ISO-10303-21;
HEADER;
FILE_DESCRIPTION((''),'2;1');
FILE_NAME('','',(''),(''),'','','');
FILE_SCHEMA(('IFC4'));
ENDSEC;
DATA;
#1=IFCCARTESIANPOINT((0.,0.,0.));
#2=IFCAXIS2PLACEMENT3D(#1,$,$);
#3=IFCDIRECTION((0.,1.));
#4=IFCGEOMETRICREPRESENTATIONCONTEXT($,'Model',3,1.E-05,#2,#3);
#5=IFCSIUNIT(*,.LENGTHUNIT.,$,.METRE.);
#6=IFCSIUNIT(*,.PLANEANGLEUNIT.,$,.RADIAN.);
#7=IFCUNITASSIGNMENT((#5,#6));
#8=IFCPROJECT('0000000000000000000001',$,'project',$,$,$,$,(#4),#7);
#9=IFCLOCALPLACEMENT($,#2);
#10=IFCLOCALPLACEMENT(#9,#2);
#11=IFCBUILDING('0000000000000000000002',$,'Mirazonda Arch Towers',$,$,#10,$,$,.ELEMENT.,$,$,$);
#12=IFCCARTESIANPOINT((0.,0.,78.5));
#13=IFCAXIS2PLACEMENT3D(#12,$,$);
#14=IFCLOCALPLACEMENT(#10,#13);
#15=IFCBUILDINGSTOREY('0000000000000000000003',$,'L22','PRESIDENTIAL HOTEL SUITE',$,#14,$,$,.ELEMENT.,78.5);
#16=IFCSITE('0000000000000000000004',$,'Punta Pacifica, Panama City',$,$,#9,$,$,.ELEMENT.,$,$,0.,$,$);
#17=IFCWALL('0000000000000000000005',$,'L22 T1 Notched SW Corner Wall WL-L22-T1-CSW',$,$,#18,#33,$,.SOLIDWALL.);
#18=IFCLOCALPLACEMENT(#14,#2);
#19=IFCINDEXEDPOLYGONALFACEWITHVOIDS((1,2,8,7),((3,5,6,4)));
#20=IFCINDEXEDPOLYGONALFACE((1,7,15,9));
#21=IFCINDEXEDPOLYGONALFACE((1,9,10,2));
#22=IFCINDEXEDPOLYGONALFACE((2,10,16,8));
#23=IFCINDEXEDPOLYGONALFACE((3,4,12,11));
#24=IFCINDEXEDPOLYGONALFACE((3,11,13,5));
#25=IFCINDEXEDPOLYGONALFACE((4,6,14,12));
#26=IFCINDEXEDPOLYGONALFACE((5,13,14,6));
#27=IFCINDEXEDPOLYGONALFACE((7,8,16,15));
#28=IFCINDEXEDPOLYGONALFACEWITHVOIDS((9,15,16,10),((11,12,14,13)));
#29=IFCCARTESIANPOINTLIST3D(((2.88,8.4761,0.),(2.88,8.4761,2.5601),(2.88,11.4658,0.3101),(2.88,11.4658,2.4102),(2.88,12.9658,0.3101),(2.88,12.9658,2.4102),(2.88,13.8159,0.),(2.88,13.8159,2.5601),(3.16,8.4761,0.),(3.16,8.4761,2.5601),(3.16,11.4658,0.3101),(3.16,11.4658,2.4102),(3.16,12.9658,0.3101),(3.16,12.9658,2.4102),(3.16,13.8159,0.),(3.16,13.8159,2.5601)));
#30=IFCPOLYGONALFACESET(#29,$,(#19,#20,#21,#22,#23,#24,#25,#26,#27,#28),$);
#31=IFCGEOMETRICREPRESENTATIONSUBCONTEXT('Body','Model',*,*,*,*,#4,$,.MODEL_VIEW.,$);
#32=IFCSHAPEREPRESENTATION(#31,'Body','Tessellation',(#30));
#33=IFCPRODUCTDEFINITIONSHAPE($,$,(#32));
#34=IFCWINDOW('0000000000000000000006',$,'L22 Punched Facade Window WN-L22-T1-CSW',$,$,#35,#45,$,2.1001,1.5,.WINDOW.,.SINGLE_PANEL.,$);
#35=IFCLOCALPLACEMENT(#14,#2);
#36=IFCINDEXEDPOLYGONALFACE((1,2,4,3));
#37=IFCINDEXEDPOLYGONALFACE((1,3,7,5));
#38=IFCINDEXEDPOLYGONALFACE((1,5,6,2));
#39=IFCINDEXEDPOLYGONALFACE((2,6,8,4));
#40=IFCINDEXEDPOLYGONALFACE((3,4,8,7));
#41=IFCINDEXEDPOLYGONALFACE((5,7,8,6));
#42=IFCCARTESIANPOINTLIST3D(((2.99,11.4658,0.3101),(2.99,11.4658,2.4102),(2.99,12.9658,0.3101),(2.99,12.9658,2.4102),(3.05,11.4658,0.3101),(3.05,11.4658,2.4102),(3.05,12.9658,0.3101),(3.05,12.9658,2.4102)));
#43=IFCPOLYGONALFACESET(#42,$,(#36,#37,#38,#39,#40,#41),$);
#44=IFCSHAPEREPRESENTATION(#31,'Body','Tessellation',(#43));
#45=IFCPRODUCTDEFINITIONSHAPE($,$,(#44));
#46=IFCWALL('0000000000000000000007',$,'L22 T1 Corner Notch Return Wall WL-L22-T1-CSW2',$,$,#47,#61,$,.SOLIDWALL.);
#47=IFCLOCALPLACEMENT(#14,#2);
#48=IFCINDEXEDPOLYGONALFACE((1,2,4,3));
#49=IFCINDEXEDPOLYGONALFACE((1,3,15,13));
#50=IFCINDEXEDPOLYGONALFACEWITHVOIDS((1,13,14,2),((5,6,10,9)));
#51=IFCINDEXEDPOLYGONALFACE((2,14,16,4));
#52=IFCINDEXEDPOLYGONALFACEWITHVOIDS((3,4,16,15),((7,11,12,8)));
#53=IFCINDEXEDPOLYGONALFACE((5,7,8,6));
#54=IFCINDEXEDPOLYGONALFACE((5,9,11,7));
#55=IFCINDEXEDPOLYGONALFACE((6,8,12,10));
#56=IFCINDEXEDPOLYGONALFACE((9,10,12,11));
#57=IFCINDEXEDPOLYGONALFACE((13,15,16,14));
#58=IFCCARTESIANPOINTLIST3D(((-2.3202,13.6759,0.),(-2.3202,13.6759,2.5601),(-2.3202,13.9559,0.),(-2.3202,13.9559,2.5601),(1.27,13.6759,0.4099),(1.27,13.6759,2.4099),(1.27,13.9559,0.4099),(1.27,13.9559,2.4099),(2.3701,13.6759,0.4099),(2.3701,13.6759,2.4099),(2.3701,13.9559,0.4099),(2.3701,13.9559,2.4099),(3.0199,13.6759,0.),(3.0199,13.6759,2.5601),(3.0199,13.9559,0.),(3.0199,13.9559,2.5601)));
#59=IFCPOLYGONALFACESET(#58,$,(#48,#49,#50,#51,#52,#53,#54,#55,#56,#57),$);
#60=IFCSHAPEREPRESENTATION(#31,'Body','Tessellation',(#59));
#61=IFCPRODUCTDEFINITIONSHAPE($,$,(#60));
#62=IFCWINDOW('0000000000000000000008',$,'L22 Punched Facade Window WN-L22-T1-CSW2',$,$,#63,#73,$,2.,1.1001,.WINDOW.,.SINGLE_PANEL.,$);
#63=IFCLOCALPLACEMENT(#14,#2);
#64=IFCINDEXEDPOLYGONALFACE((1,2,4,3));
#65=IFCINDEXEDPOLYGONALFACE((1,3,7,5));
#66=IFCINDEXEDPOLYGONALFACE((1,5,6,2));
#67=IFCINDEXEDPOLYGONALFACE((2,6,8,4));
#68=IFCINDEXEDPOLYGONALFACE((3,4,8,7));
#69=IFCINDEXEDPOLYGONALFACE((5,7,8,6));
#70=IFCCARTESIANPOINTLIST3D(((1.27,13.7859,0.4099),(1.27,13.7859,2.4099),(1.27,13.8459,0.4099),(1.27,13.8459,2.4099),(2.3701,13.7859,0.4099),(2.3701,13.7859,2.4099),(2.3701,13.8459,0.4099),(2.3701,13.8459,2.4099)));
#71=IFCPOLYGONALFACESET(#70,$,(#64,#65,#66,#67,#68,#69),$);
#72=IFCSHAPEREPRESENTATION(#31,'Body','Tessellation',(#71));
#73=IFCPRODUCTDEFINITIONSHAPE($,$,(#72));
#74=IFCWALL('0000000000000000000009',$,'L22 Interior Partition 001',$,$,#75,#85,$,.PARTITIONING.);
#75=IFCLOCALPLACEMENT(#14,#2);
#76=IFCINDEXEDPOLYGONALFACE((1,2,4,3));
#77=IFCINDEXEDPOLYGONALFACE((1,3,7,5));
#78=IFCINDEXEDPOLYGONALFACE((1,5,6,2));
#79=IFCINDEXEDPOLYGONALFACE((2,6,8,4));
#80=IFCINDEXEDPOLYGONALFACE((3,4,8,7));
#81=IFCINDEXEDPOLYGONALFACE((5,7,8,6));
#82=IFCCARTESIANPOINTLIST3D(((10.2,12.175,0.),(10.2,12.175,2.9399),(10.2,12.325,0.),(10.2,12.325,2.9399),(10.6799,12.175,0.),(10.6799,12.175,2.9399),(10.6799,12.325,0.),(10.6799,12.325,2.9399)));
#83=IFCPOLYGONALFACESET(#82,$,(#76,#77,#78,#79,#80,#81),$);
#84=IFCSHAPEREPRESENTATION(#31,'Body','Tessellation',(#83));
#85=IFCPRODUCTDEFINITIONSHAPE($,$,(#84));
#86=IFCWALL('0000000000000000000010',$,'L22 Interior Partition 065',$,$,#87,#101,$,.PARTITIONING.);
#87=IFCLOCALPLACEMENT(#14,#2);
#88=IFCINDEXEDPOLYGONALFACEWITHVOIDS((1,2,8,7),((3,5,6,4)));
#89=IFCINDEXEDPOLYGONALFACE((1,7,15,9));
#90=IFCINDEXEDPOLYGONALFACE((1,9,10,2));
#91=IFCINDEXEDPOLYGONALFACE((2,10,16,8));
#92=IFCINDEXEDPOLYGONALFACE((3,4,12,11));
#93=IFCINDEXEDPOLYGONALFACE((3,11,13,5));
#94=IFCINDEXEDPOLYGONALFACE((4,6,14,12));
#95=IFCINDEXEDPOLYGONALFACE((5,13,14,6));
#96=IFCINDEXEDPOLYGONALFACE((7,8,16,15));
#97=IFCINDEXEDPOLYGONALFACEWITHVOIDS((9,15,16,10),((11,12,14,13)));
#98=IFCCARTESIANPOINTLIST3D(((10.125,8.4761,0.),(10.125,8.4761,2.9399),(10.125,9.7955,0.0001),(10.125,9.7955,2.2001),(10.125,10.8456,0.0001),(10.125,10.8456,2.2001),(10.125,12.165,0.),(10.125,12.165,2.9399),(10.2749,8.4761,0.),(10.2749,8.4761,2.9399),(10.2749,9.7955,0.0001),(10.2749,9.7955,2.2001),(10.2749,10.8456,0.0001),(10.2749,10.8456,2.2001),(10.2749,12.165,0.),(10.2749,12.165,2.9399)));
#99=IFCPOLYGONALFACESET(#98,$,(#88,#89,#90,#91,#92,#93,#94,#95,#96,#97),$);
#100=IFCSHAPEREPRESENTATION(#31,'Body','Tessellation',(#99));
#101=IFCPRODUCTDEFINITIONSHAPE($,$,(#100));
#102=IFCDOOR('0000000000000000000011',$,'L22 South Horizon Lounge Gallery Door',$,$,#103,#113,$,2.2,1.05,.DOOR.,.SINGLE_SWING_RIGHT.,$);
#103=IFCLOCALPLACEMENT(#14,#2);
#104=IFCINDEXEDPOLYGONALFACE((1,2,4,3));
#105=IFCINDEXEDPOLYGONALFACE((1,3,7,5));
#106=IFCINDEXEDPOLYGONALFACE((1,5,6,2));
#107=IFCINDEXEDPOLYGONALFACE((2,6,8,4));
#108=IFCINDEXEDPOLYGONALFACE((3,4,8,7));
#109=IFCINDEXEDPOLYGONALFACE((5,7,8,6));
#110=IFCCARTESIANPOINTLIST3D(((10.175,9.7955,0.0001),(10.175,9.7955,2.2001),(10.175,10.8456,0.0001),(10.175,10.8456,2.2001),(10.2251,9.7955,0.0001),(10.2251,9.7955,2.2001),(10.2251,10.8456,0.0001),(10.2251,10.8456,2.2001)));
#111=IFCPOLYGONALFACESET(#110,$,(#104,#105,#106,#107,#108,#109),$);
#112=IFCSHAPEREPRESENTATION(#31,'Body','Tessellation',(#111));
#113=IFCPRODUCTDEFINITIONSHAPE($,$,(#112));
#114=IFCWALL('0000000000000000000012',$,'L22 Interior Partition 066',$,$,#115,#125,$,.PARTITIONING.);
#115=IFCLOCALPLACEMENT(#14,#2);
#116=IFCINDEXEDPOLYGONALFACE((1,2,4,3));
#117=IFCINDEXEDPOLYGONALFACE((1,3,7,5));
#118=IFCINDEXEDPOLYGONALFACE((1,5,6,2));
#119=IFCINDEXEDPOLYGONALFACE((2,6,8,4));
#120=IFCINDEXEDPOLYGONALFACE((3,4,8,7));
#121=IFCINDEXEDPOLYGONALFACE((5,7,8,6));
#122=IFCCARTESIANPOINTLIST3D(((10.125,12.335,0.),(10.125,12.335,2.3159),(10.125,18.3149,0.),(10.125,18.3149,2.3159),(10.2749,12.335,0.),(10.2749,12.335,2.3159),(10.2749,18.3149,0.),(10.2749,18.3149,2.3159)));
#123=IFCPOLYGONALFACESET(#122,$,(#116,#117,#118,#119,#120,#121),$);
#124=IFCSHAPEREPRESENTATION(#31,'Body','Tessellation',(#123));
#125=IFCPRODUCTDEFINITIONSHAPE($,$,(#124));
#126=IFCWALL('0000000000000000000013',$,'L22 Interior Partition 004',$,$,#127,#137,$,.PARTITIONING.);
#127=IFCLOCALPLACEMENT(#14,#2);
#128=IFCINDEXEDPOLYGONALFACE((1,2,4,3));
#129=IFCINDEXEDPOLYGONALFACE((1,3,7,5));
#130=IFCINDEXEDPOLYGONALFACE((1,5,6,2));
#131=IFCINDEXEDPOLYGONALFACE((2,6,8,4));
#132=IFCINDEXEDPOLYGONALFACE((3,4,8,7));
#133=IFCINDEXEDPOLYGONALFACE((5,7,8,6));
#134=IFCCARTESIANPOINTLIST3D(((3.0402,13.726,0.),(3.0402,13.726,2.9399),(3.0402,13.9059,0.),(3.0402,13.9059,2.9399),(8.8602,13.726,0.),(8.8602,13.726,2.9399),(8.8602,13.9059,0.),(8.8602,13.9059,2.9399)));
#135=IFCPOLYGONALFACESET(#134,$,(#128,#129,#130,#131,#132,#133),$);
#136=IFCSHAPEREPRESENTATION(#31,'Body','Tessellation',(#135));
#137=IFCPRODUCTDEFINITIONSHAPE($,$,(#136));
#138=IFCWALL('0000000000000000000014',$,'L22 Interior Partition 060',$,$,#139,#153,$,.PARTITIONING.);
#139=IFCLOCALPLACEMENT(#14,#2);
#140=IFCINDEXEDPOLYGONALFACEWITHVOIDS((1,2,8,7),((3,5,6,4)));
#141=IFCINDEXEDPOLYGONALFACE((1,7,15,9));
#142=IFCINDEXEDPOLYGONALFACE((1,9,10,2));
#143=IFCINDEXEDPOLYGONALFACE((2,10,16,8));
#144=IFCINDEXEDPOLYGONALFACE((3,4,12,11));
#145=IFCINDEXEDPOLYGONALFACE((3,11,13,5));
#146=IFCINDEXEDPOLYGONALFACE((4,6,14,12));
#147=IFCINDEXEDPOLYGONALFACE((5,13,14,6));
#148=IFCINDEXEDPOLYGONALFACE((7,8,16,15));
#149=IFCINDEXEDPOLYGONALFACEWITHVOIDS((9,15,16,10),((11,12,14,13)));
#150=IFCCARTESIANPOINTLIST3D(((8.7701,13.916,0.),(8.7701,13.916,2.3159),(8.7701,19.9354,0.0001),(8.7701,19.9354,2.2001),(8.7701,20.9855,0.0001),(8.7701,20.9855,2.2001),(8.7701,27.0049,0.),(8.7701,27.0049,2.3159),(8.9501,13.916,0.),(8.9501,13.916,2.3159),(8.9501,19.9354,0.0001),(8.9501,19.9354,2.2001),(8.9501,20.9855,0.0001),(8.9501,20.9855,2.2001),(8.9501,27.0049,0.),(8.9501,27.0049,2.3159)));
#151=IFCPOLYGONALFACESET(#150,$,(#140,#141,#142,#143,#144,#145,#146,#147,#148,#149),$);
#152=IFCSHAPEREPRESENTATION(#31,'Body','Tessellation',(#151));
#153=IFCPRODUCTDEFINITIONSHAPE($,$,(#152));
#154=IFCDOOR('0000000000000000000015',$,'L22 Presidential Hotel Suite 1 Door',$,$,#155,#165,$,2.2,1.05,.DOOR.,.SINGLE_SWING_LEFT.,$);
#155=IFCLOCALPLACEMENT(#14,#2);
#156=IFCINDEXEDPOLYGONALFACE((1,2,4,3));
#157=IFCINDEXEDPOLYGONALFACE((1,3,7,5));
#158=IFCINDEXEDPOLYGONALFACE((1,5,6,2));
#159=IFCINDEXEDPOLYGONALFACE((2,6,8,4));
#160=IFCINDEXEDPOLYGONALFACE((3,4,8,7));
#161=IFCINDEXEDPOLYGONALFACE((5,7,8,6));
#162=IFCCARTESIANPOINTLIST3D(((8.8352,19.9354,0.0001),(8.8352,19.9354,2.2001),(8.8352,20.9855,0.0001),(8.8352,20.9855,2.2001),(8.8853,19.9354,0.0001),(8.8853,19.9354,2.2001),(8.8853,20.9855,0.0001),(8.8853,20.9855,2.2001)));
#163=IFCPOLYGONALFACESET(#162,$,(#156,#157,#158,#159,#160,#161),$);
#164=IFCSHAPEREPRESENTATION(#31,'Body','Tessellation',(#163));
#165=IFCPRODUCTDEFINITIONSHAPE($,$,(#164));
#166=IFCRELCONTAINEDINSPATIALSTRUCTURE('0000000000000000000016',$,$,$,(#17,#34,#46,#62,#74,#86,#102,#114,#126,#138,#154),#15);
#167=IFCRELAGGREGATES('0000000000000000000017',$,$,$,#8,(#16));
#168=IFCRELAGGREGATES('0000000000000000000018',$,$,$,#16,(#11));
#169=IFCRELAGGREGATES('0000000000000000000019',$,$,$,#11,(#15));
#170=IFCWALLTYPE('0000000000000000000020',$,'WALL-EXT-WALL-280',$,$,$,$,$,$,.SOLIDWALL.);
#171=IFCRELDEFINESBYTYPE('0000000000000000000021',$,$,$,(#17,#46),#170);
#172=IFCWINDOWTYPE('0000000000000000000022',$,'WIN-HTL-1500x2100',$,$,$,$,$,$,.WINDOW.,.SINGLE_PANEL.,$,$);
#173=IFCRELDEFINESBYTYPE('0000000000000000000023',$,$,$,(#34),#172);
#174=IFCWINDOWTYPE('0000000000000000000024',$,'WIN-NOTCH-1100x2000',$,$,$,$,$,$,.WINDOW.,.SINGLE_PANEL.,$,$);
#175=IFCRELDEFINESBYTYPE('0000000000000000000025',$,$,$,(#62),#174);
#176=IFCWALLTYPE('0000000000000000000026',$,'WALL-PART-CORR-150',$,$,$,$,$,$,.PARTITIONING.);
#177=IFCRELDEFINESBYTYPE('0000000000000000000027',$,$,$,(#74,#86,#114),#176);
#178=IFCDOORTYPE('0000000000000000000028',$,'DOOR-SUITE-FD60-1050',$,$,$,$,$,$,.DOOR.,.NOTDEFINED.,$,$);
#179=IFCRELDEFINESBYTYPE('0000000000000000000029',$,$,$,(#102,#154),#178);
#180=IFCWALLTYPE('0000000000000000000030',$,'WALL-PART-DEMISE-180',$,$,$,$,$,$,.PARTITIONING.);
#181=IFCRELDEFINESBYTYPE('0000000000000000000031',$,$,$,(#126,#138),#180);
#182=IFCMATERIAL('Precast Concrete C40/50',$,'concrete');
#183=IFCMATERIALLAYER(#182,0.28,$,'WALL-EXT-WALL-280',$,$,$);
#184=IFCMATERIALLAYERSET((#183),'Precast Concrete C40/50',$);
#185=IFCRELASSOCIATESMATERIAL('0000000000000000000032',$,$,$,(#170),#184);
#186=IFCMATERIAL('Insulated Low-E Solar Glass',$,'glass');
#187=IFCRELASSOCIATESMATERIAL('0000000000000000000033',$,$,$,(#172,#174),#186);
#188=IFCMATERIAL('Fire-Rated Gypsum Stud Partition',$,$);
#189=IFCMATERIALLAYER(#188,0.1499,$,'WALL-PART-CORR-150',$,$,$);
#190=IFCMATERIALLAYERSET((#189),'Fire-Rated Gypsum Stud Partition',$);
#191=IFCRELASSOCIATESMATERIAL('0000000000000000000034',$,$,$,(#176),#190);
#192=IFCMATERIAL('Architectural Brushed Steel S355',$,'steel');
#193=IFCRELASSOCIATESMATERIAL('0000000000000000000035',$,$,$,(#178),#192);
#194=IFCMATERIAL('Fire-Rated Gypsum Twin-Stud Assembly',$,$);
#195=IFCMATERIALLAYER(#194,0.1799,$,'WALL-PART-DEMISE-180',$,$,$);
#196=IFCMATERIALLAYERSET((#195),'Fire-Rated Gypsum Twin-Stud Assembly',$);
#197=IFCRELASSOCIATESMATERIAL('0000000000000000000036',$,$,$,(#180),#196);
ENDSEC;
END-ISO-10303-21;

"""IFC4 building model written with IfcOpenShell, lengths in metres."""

from ifc_helpers import new_model, si_unit, direction, frame, frame_2d, origin, place, context, subcontext, project, spatial, rectangle, extrude, material, layer, layer_set, type_object, element, fill, save


model = new_model("IFC4")

# Units and contexts
model_context = context("Model", 3, precision=1e-05, world=origin(), true_north=direction((0.0, 1.0)))
body_context = subcontext(model_context, "Body", "Model", "MODEL_VIEW")
ifc_project = project(units=[si_unit("LENGTHUNIT", "METRE"), si_unit("PLANEANGLEUNIT", "RADIAN")], contexts=[model_context])

# Site, building, storey
site_placement = place(None, origin())
site = spatial("IfcSite", under=ifc_project, at=site_placement, Name="Punta Pacifica, Panama City", CompositionType="ELEMENT", RefElevation=0.0)
building_placement = place(site_placement, origin())
building = spatial("IfcBuilding", under=site, at=building_placement, Name="Mirazonda Arch Towers", CompositionType="ELEMENT")
storey_placement = place(building_placement, frame((0.0, 0.0, 78.5)))
storey = spatial("IfcBuildingStorey", under=building, at=storey_placement, Name="L22", Description="PRESIDENTIAL HOTEL SUITE", CompositionType="ELEMENT", Elevation=78.5)

# Shared definitions
ifc_material_1 = material(Name="Insulated Low-E Solar Glass", Category="glass")

# Walls, openings, windows
ifc_material_2 = material(Name="Precast Concrete C40/50", Category="concrete")
ifc_layer_1 = layer(ifc_material_2, 0.28, Name="WALL-EXT-WALL-280")
ifc_layer_set_1 = layer_set([ifc_layer_1], Name="Precast Concrete C40/50")
wall_type_1 = type_object("IfcWallType", Name="WALL-EXT-WALL-280", PredefinedType="SOLIDWALL", material=ifc_layer_set_1)
wall_1_placement = place(storey_placement, frame((3.02, 13.8159, 0.0), z_axis=(0.0, 0.0, 1.0), x_axis=(0.0, -1.0, 0.0)))
wall_1 = element("IfcWall", 1, at=wall_1_placement, inside=storey, type_object=wall_type_1, Name="L22 T1 Notched SW Corner Wall WL-L22-T1-CSW", PredefinedType="SOLIDWALL", context=body_context, shape_type="SweptSolid", body=[
    extrude(rectangle(XDim=5.3398, YDim=0.28, at=frame_2d((2.6699, 0.0))), origin(), (0.0, 0.0, 1.0), 2.5601),
])
opening_1_placement = place(wall_1_placement, frame((0.8501, 0.0, 0.3101)))
opening_1 = element("IfcOpeningElement", 2, at=opening_1_placement, cuts=wall_1, PredefinedType="OPENING", context=body_context, shape_type="SweptSolid", body=[
    extrude(rectangle(XDim=1.5, YDim=2.1001, at=frame_2d((0.75, 1.05))), frame((0.0, 0.1499, 0.0), z_axis=(0.0, -1.0, 0.0), x_axis=(1.0, 0.0, 0.0)), (0.0, 0.0, 1.0), 0.3),
])
window_type_1 = type_object("IfcWindowType", Name="WIN-HTL-1500x2100", PartitioningType="SINGLE_PANEL", PredefinedType="WINDOW", material=ifc_material_1)
window_1_placement = place(opening_1_placement, origin())
window_1 = element("IfcWindow", 3, at=window_1_placement, inside=storey, type_object=window_type_1, Name="L22 Punched Facade Window WN-L22-T1-CSW", OverallHeight=2.1001, OverallWidth=1.5, PartitioningType="SINGLE_PANEL", PredefinedType="WINDOW", context=body_context, shape_type="SweptSolid", body=[
    extrude(rectangle(XDim=1.5, YDim=2.1001, at=frame_2d((0.75, 1.05))), frame((0.0, 0.03, 0.0), z_axis=(0.0, -1.0, 0.0), x_axis=(1.0, 0.0, 0.0)), (0.0, 0.0, 1.0), 0.0601),
])
fill(opening_1, window_1)
wall_2_placement = place(storey_placement, frame((-2.3201, 13.8159, 0.0), z_axis=(0.0, 0.0, 1.0), x_axis=(1.0, 0.0, 0.0)))
wall_2 = element("IfcWall", 4, at=wall_2_placement, inside=storey, type_object=wall_type_1, Name="L22 T1 Corner Notch Return Wall WL-L22-T1-CSW2", PredefinedType="SOLIDWALL", context=body_context, shape_type="SweptSolid", body=[
    extrude(rectangle(XDim=5.3401, YDim=0.28, at=frame_2d((2.6699, 0.0))), origin(), (0.0, 0.0, 1.0), 2.5601),
])
opening_2_placement = place(wall_2_placement, frame((3.5901, 0.0, 0.4099)))
opening_2 = element("IfcOpeningElement", 5, at=opening_2_placement, cuts=wall_2, PredefinedType="OPENING", context=body_context, shape_type="SweptSolid", body=[
    extrude(rectangle(XDim=1.1001, YDim=2.0, at=frame_2d((0.55, 1.0))), frame((0.0, 0.1499, 0.0), z_axis=(0.0, -1.0, 0.0), x_axis=(1.0, 0.0, 0.0)), (0.0, 0.0, 1.0), 0.3),
])
window_type_2 = type_object("IfcWindowType", Name="WIN-NOTCH-1100x2000", PartitioningType="SINGLE_PANEL", PredefinedType="WINDOW", material=ifc_material_1)
window_2_placement = place(opening_2_placement, origin())
window_2 = element("IfcWindow", 6, at=window_2_placement, inside=storey, type_object=window_type_2, Name="L22 Punched Facade Window WN-L22-T1-CSW2", OverallHeight=2.0, OverallWidth=1.1001, PartitioningType="SINGLE_PANEL", PredefinedType="WINDOW", context=body_context, shape_type="SweptSolid", body=[
    extrude(rectangle(XDim=1.1001, YDim=2.0, at=frame_2d((0.55, 1.0))), frame((0.0, 0.03, 0.0), z_axis=(0.0, -1.0, 0.0), x_axis=(1.0, 0.0, 0.0)), (0.0, 0.0, 1.0), 0.0601),
])
fill(opening_2, window_2)

# Wall
ifc_material_3 = material(Name="Fire-Rated Gypsum Stud Partition")
ifc_layer_2 = layer(ifc_material_3, 0.1499, Name="WALL-PART-CORR-150")
ifc_layer_set_2 = layer_set([ifc_layer_2], Name="Fire-Rated Gypsum Stud Partition")
wall_type_2 = type_object("IfcWallType", Name="WALL-PART-CORR-150", PredefinedType="PARTITIONING", material=ifc_layer_set_2)
wall_3_placement = place(storey_placement, frame((10.2, 12.25, 0.0), z_axis=(0.0, 0.0, 1.0), x_axis=(1.0, 0.0, 0.0)))
element("IfcWall", 7, at=wall_3_placement, inside=storey, type_object=wall_type_2, Name="L22 Interior Partition 001", PredefinedType="PARTITIONING", context=body_context, shape_type="SweptSolid", body=[
    extrude(rectangle(XDim=0.48, YDim=0.1499, at=frame_2d((0.24, 0.0))), origin(), (0.0, 0.0, 1.0), 2.9399),
])

# Wall, opening, door
wall_4_placement = place(storey_placement, frame((10.2, 8.4761, 0.0), z_axis=(0.0, 0.0, 1.0), x_axis=(0.0, 1.0, 0.0)))
wall_4 = element("IfcWall", 8, at=wall_4_placement, inside=storey, type_object=wall_type_2, Name="L22 Interior Partition 065", PredefinedType="PARTITIONING", context=body_context, shape_type="SweptSolid", body=[
    extrude(rectangle(XDim=3.689, YDim=0.1499, at=frame_2d((1.8445, 0.0))), origin(), (0.0, 0.0, 1.0), 2.9399),
])
opening_3_placement = place(wall_4_placement, frame((1.3196, 0.0, 0.0)))
opening_3 = element("IfcOpeningElement", 9, at=opening_3_placement, cuts=wall_4, PredefinedType="OPENING", context=body_context, shape_type="SweptSolid", body=[
    extrude(rectangle(XDim=1.05, YDim=2.2, at=frame_2d((0.5249, 1.1001))), frame((0.0, 0.085, 0.0), z_axis=(0.0, -1.0, 0.0), x_axis=(1.0, 0.0, 0.0)), (0.0, 0.0, 1.0), 0.1699),
])
ifc_material_4 = material(Name="Architectural Brushed Steel S355", Category="steel")
door_type_1 = type_object("IfcDoorType", Name="DOOR-SUITE-FD60-1050", OperationType="NOTDEFINED", PredefinedType="DOOR", material=ifc_material_4)
door_1_placement = place(opening_3_placement, origin())
door_1 = element("IfcDoor", 10, at=door_1_placement, inside=storey, type_object=door_type_1, Name="L22 South Horizon Lounge Gallery Door", OperationType="SINGLE_SWING_RIGHT", OverallHeight=2.2, OverallWidth=1.05, PredefinedType="DOOR", context=body_context, shape_type="SweptSolid", body=[
    extrude(rectangle(XDim=1.05, YDim=2.2, at=frame_2d((0.5249, 1.1001))), frame((0.0, 0.0249, 0.0), z_axis=(0.0, -1.0, 0.0), x_axis=(1.0, 0.0, 0.0)), (0.0, 0.0, 1.0), 0.05),
])
fill(opening_3, door_1)

# Walls
wall_5_placement = place(storey_placement, frame((10.2, 12.335, 0.0), z_axis=(0.0, 0.0, 1.0), x_axis=(0.0, 1.0, 0.0)))
element("IfcWall", 11, at=wall_5_placement, inside=storey, type_object=wall_type_2, Name="L22 Interior Partition 066", PredefinedType="PARTITIONING", context=body_context, shape_type="SweptSolid", body=[
    extrude(rectangle(XDim=5.98, YDim=0.1499, at=frame_2d((2.99, 0.0))), origin(), (0.0, 0.0, 1.0), 2.3159),
])
ifc_material_5 = material(Name="Fire-Rated Gypsum Twin-Stud Assembly")
ifc_layer_3 = layer(ifc_material_5, 0.1799, Name="WALL-PART-DEMISE-180")
ifc_layer_set_3 = layer_set([ifc_layer_3], Name="Fire-Rated Gypsum Twin-Stud Assembly")
wall_type_3 = type_object("IfcWallType", Name="WALL-PART-DEMISE-180", PredefinedType="PARTITIONING", material=ifc_layer_set_3)
wall_6_placement = place(storey_placement, frame((3.04, 13.8159, 0.0), z_axis=(0.0, 0.0, 1.0), x_axis=(1.0, 0.0, 0.0)))
element("IfcWall", 12, at=wall_6_placement, inside=storey, type_object=wall_type_3, Name="L22 Interior Partition 004", PredefinedType="PARTITIONING", context=body_context, shape_type="SweptSolid", body=[
    extrude(rectangle(XDim=5.8201, YDim=0.1799, at=frame_2d((2.9102, 0.0))), origin(), (0.0, 0.0, 1.0), 2.9399),
])

# Wall, opening, door
wall_7_placement = place(storey_placement, frame((8.8601, 13.916, 0.0), z_axis=(0.0, 0.0, 1.0), x_axis=(0.0, 1.0, 0.0)))
wall_7 = element("IfcWall", 13, at=wall_7_placement, inside=storey, type_object=wall_type_3, Name="L22 Interior Partition 060", PredefinedType="PARTITIONING", context=body_context, shape_type="SweptSolid", body=[
    extrude(rectangle(XDim=13.0889, YDim=0.1799, at=frame_2d((6.5444, 0.0))), origin(), (0.0, 0.0, 1.0), 2.3159),
])
opening_4_placement = place(wall_7_placement, frame((6.0195, 0.0, 0.0)))
opening_4 = element("IfcOpeningElement", 14, at=opening_4_placement, cuts=wall_7, PredefinedType="OPENING", context=body_context, shape_type="SweptSolid", body=[
    extrude(rectangle(XDim=1.05, YDim=2.2, at=frame_2d((0.5249, 1.1001))), frame((0.0, 0.0999, 0.0), z_axis=(0.0, -1.0, 0.0), x_axis=(1.0, 0.0, 0.0)), (0.0, 0.0, 1.0), 0.2),
])
door_2_placement = place(opening_4_placement, origin())
door_2 = element("IfcDoor", 15, at=door_2_placement, inside=storey, type_object=door_type_1, Name="L22 Presidential Hotel Suite 1 Door", OperationType="SINGLE_SWING_LEFT", OverallHeight=2.2, OverallWidth=1.05, PredefinedType="DOOR", context=body_context, shape_type="SweptSolid", body=[
    extrude(rectangle(XDim=1.05, YDim=2.2, at=frame_2d((0.5249, 1.1001))), frame((0.0, 0.0249, 0.0), z_axis=(0.0, -1.0, 0.0), x_axis=(1.0, 0.0, 0.0)), (0.0, 0.0, 1.0), 0.05),
])
fill(opening_4, door_2)

save(model, "model.ifc")
